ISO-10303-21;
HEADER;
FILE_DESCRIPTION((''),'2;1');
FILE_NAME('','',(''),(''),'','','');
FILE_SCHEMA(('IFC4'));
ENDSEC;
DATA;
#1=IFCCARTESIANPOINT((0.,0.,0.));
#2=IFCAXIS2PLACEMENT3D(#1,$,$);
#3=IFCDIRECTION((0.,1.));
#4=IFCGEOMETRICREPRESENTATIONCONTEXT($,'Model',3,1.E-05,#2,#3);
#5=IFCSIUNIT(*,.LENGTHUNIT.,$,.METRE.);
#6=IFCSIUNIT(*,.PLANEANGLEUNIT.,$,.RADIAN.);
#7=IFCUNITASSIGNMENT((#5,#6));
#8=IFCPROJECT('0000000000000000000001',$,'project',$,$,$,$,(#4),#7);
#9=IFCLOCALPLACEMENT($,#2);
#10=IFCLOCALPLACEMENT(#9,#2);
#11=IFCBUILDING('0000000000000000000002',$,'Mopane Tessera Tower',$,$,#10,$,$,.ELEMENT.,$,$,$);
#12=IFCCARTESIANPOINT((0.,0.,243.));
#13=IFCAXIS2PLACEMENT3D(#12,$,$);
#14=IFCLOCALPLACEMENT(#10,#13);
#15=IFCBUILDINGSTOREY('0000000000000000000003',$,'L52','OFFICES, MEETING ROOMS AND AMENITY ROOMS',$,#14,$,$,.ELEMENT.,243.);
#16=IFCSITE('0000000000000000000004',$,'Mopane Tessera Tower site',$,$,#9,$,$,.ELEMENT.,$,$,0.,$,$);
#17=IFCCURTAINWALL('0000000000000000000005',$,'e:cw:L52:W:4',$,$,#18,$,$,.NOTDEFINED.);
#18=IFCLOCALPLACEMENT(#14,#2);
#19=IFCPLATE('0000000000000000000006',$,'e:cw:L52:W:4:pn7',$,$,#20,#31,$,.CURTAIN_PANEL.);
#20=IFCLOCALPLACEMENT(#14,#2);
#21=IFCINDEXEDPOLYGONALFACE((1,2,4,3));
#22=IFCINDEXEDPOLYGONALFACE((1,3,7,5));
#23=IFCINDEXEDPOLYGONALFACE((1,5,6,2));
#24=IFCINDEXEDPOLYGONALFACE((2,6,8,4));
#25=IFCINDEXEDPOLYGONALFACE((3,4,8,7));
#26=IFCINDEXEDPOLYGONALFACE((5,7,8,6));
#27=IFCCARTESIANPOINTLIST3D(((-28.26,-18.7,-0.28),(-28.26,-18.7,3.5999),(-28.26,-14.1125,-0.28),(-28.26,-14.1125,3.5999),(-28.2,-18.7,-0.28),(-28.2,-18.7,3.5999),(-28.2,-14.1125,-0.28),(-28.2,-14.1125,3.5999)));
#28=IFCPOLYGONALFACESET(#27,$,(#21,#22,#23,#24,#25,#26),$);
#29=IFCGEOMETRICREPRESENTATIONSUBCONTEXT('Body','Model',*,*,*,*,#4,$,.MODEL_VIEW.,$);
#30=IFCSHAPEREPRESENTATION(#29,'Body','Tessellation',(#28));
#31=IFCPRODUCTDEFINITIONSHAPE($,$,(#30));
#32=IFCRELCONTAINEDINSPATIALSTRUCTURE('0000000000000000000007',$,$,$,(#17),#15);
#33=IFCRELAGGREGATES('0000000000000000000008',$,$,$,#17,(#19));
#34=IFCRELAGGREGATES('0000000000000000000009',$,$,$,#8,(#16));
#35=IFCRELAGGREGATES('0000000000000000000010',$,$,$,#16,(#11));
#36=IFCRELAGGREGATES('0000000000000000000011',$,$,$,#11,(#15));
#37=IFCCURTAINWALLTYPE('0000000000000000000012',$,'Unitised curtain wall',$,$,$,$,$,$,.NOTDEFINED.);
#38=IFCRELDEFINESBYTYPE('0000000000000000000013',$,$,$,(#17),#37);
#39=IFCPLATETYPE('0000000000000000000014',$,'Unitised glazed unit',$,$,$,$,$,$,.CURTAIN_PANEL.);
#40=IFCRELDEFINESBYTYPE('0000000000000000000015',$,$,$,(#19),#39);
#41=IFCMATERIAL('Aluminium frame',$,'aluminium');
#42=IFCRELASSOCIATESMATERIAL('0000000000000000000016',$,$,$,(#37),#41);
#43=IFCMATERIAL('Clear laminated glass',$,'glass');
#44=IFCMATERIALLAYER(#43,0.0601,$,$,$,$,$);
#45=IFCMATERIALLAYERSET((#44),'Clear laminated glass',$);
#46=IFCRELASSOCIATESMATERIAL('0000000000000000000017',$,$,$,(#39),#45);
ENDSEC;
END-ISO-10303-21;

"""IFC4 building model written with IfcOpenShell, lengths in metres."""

from ifc_helpers import new_model, si_unit, direction, frame, origin, origin_2d, place, context, subcontext, project, spatial, rectangle, extrude, material, layer, layer_set, type_object, element, aggregate, save


model = new_model("IFC4")

# Units and contexts
model_context = context("Model", 3, precision=1e-05, world=origin(), true_north=direction((0.0, 1.0)))
body_context = subcontext(model_context, "Body", "Model", "MODEL_VIEW")
ifc_project = project(units=[si_unit("LENGTHUNIT", "METRE"), si_unit("PLANEANGLEUNIT", "RADIAN")], contexts=[model_context])

# Site, building, storey
site_placement = place(None, origin())
site = spatial("IfcSite", under=ifc_project, at=site_placement, Name="Mopane Tessera Tower site", CompositionType="ELEMENT", RefElevation=0.0)
building_placement = place(site_placement, origin())
building = spatial("IfcBuilding", under=site, at=building_placement, Name="Mopane Tessera Tower", CompositionType="ELEMENT")
storey_placement = place(building_placement, frame((0.0, 0.0, 243.0)))
storey = spatial("IfcBuildingStorey", under=building, at=storey_placement, Name="L52", Description="OFFICES, MEETING ROOMS AND AMENITY ROOMS", CompositionType="ELEMENT", Elevation=243.0)

# Curtain wall
ifc_material_1 = material(Name="Aluminium frame", Category="aluminium")
curtain_wall_type = type_object("IfcCurtainWallType", Name="Unitised curtain wall", PredefinedType="NOTDEFINED", material=ifc_material_1)
curtain_wall_1_placement = place(storey_placement, origin())
curtain_wall_1 = element("IfcCurtainWall", 1, at=curtain_wall_1_placement, inside=storey, type_object=curtain_wall_type, Name="e:cw:L52:W:4", PredefinedType="NOTDEFINED")

# Plate
ifc_material_2 = material(Name="Clear laminated glass", Category="glass")
ifc_layer = layer(ifc_material_2, 0.0601)
ifc_layer_set = layer_set([ifc_layer], Name="Clear laminated glass")
plate_type = type_object("IfcPlateType", Name="Unitised glazed unit", PredefinedType="CURTAIN_PANEL", material=ifc_layer_set)
plate_1_placement = place(storey_placement, frame((-28.23, -16.4062, -0.28), z_axis=(0.0, 0.0, 1.0), x_axis=(0.0, -1.0, 0.0)))
plate_1 = element("IfcPlate", 2, at=plate_1_placement, type_object=plate_type, Name="e:cw:L52:W:4:pn7", PredefinedType="CURTAIN_PANEL", context=body_context, shape_type="SweptSolid", body=[
    extrude(rectangle(XDim=4.5874, YDim=0.0601, at=origin_2d()), origin(), (0.0, 0.0, 1.0), 3.8799),
])
aggregate(curtain_wall_1, [plate_1])

save(model, "model.ifc")
